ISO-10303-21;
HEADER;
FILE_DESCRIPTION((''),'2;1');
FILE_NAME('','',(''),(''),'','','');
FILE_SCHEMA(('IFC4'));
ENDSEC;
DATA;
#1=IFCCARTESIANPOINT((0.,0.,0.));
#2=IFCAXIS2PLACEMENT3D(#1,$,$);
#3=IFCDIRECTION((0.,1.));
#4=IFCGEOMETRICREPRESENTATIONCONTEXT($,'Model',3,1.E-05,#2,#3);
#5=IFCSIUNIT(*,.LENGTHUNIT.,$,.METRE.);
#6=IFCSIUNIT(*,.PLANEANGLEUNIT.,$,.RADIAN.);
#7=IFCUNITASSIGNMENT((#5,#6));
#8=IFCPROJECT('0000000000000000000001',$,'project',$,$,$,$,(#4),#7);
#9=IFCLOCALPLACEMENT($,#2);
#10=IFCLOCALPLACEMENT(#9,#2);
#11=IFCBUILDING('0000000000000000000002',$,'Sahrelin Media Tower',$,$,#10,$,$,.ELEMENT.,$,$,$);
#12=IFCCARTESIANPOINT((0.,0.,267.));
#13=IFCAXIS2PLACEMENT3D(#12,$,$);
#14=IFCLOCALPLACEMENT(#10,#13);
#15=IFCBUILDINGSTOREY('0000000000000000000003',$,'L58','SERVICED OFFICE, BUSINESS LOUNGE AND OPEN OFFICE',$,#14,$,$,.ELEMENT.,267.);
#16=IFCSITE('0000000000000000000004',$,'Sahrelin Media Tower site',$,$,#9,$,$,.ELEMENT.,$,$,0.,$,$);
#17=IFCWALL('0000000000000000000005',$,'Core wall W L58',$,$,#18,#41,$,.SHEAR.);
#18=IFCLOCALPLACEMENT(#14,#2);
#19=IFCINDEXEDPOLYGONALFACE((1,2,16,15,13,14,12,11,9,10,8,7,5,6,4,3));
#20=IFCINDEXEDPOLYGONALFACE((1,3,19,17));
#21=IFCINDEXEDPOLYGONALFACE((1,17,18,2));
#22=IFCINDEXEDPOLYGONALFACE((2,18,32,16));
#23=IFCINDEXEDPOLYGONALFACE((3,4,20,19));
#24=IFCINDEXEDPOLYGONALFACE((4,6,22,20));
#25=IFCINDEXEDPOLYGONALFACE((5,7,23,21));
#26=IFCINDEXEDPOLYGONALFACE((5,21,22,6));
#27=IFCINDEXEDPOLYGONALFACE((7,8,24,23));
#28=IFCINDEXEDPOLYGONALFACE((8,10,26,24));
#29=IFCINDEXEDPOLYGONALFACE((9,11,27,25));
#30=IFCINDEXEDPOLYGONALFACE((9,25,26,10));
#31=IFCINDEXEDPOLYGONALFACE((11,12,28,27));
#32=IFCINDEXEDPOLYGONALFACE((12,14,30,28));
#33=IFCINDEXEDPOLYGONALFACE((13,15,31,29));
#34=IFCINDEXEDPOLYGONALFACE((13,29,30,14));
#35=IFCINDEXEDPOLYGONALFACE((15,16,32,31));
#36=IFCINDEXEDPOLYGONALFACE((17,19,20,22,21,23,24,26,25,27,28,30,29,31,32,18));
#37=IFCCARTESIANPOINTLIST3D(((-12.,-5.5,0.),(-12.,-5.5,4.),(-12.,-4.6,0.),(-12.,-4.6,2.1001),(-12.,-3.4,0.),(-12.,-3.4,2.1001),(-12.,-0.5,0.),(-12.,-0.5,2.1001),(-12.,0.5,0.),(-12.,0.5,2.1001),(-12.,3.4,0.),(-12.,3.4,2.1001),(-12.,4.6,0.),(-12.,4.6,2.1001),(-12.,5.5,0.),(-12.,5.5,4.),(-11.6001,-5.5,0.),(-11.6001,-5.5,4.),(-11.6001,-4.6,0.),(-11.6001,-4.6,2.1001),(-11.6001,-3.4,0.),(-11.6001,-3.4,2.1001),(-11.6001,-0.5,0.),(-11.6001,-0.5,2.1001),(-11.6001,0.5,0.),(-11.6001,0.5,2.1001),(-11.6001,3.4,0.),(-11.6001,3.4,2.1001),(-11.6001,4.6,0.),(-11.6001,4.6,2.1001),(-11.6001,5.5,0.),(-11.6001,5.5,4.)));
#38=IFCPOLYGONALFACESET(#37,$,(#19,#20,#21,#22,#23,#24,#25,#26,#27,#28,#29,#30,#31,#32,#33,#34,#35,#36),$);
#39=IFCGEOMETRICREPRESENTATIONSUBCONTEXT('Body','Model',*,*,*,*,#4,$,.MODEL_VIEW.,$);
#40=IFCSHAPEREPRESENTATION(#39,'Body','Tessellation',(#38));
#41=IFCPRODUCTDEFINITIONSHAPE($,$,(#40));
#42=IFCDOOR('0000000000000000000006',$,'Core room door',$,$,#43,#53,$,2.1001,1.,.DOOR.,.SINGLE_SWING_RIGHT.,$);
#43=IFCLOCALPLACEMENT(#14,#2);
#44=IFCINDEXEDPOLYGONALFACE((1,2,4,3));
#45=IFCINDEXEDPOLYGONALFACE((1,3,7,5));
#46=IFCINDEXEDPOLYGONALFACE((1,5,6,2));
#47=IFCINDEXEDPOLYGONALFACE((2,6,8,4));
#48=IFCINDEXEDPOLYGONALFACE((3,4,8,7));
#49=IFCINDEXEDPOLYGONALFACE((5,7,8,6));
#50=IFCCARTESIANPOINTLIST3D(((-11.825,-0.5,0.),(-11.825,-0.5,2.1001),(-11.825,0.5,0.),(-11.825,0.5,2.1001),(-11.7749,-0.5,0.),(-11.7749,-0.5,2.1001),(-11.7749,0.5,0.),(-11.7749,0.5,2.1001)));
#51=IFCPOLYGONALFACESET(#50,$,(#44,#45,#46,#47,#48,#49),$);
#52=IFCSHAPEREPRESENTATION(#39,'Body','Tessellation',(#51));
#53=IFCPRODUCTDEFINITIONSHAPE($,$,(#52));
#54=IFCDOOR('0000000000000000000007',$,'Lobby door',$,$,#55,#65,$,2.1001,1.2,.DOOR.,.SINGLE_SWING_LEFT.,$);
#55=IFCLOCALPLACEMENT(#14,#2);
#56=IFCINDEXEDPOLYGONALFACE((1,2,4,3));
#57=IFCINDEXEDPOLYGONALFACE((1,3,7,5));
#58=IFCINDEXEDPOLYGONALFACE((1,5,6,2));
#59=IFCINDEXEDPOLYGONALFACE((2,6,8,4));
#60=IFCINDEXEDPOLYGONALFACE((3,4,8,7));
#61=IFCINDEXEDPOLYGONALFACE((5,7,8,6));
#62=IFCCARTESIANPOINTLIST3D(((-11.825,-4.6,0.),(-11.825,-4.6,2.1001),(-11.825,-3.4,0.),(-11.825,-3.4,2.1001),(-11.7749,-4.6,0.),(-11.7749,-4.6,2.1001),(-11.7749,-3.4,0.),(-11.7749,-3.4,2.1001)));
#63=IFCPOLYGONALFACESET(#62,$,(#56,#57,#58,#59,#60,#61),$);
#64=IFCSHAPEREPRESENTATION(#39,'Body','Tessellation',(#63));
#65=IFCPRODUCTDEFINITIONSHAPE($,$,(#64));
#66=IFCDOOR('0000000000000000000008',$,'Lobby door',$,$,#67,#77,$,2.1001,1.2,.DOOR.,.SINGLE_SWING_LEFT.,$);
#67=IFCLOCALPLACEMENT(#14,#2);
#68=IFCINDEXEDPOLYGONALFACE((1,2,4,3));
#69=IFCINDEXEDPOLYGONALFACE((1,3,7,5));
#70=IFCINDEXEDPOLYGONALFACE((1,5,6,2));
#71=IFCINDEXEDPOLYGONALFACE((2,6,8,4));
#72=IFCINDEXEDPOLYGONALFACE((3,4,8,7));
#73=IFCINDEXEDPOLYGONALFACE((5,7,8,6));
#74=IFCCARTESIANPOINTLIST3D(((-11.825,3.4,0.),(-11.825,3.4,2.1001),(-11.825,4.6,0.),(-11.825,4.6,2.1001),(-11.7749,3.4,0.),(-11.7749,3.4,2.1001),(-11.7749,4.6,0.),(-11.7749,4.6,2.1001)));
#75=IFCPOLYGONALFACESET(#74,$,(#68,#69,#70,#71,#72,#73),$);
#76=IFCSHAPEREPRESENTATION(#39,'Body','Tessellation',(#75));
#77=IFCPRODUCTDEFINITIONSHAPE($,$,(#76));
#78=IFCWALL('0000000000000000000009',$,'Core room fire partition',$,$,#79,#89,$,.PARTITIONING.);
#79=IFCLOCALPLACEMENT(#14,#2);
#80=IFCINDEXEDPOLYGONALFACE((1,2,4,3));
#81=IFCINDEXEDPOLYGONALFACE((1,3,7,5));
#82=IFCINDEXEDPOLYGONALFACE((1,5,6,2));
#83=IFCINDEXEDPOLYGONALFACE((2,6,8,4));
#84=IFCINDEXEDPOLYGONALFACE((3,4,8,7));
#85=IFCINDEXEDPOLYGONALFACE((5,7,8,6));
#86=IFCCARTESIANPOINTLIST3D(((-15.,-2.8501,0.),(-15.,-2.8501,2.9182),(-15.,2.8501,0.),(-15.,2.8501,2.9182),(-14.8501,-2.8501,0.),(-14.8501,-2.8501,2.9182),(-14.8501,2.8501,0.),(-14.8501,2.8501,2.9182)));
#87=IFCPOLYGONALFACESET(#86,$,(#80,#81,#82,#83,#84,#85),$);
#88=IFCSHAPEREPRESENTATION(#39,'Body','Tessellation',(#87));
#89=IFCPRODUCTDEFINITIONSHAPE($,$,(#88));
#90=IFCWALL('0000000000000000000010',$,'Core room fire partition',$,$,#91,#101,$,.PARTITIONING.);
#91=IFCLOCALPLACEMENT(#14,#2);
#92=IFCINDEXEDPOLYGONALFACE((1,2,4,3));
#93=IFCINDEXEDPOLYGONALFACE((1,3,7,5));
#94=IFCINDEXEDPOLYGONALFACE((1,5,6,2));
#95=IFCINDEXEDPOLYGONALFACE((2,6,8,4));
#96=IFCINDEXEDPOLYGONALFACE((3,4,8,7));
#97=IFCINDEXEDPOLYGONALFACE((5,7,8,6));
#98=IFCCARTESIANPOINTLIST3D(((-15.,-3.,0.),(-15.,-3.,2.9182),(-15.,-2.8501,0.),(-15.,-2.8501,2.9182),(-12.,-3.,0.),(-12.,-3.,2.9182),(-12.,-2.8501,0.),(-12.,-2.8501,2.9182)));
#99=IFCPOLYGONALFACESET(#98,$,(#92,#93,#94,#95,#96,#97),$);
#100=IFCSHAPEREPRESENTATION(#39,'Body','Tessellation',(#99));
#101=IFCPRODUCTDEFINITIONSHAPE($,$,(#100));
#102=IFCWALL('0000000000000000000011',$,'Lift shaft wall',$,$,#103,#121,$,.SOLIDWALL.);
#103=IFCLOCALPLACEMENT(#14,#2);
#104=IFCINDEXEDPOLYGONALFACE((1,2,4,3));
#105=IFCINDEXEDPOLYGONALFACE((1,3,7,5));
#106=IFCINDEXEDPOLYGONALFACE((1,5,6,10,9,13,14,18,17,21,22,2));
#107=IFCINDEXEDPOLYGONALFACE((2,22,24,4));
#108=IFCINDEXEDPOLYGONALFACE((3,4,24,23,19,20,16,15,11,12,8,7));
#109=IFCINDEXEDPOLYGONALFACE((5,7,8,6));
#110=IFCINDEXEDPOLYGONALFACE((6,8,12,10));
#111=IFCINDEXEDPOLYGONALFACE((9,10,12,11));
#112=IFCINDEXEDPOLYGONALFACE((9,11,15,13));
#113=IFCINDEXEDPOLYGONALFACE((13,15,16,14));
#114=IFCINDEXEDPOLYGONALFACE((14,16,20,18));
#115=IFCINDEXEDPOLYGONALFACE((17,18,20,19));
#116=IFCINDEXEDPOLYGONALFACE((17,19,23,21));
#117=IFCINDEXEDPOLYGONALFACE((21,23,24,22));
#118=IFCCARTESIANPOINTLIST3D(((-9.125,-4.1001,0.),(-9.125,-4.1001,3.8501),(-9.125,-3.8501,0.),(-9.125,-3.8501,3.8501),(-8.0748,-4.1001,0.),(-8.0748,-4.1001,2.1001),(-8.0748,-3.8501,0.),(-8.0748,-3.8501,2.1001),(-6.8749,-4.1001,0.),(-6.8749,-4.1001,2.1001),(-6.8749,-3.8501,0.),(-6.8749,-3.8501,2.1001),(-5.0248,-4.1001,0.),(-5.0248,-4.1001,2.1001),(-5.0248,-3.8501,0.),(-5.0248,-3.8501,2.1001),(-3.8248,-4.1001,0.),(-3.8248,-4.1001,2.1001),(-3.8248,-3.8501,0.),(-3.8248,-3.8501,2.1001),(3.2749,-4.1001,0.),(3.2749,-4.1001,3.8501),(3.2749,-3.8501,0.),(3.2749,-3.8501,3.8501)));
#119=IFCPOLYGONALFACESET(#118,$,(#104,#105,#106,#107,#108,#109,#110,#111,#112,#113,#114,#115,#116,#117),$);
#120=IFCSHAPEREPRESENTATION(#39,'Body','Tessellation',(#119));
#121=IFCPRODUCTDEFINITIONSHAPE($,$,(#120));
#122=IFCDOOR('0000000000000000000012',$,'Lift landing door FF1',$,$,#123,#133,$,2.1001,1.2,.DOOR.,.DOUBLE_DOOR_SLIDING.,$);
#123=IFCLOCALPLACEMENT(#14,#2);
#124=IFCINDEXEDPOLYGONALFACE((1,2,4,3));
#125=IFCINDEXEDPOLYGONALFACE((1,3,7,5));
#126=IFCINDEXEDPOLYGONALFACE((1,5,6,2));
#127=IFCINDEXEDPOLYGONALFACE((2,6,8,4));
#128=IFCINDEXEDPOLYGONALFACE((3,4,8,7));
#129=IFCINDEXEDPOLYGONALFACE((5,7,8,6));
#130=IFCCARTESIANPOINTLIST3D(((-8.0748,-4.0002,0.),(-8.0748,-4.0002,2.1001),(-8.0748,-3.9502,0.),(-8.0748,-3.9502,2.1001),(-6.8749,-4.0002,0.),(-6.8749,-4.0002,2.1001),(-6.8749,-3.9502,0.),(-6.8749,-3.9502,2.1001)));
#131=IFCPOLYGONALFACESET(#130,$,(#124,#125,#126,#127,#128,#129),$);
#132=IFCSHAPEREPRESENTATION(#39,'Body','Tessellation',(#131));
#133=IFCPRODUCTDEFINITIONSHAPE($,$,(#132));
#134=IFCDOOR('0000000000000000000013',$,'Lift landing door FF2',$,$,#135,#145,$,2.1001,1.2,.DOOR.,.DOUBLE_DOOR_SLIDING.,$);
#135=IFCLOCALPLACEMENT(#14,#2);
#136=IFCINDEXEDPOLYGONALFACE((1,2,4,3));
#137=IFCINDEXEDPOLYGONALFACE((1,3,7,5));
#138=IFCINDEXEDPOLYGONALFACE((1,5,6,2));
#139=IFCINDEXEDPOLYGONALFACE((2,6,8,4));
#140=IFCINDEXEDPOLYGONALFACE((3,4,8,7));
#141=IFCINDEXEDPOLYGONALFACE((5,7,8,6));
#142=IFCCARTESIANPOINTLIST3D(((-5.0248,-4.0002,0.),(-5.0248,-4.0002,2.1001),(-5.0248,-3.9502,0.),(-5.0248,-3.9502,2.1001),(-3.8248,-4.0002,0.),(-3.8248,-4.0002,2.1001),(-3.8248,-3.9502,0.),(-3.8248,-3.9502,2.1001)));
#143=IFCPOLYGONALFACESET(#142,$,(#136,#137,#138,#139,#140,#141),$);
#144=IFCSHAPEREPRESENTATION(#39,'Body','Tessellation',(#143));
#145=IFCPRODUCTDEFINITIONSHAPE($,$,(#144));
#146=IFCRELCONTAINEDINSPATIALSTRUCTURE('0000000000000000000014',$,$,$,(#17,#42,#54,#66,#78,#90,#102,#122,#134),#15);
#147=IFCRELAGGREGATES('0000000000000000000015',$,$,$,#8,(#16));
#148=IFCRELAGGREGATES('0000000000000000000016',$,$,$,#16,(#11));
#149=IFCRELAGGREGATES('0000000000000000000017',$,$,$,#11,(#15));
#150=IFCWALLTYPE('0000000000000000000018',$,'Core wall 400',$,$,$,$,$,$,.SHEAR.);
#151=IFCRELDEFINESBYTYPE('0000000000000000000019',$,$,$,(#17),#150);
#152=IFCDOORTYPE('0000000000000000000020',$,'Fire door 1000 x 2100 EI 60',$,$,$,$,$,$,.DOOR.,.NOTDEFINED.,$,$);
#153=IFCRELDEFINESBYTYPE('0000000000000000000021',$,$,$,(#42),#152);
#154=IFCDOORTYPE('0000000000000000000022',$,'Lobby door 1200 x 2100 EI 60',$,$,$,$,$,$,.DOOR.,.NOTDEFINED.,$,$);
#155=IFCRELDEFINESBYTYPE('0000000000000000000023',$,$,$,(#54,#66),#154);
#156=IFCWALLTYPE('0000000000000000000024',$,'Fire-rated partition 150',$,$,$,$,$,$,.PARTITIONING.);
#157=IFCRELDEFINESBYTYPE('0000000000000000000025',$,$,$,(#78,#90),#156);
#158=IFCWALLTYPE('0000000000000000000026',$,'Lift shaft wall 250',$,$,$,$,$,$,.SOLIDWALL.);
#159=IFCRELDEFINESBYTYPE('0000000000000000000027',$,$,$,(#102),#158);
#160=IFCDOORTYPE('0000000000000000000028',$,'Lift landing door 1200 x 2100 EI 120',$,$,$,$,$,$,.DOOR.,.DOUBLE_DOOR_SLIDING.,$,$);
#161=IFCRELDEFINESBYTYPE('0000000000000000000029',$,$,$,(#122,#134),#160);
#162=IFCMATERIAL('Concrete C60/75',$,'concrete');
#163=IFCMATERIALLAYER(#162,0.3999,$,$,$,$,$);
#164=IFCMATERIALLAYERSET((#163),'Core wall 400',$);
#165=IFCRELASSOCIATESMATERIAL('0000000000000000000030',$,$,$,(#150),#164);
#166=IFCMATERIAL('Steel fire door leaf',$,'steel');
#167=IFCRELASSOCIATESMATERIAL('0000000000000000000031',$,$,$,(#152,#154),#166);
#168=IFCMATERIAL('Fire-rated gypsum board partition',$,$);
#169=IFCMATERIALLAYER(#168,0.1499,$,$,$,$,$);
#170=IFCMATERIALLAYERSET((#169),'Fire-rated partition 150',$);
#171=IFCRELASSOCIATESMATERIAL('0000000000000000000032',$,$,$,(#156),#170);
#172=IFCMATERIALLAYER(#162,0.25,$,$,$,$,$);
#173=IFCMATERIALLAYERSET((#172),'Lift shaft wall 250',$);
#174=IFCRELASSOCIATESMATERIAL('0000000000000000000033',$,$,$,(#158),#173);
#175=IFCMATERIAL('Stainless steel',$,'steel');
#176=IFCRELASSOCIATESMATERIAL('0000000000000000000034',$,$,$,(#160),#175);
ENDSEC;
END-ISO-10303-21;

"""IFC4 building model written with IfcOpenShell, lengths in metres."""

from ifc_helpers import new_model, si_unit, direction, frame, frame_2d, origin, place, context, subcontext, project, spatial, rectangle, extrude, material, layer, layer_set, type_object, element, fill, save


model = new_model("IFC4")

# Units and contexts
model_context = context("Model", 3, precision=1e-05, world=origin(), true_north=direction((0.0, 1.0)))
body_context = subcontext(model_context, "Body", "Model", "MODEL_VIEW")
ifc_project = project(units=[si_unit("LENGTHUNIT", "METRE"), si_unit("PLANEANGLEUNIT", "RADIAN")], contexts=[model_context])

# Site, building, storey
site_placement = place(None, origin())
site = spatial("IfcSite", under=ifc_project, at=site_placement, Name="Sahrelin Media Tower site", CompositionType="ELEMENT", RefElevation=0.0)
building_placement = place(site_placement, origin())
building = spatial("IfcBuilding", under=site, at=building_placement, Name="Sahrelin Media Tower", CompositionType="ELEMENT")
storey_placement = place(building_placement, frame((0.0, 0.0, 267.0)))
storey = spatial("IfcBuildingStorey", under=building, at=storey_placement, Name="L58", Description="SERVICED OFFICE, BUSINESS LOUNGE AND OPEN OFFICE", CompositionType="ELEMENT", Elevation=267.0)

# Shared definitions
ifc_material_1 = material(Name="Concrete C60/75", Category="concrete")
ifc_layer_1 = layer(ifc_material_1, 0.3999)
ifc_layer_set_1 = layer_set([ifc_layer_1], Name="Core wall 400")
wall_type_1 = type_object("IfcWallType", Name="Core wall 400", PredefinedType="SHEAR", material=ifc_layer_set_1)

# Wall, openings, doors
wall_1_placement = place(storey_placement, frame((-11.8, -5.5, 0.0), z_axis=(0.0, 0.0, 1.0), x_axis=(0.0, 1.0, 0.0)))
wall_1 = element("IfcWall", 1, at=wall_1_placement, inside=storey, type_object=wall_type_1, Name="Core wall W L58", PredefinedType="SHEAR", context=body_context, shape_type="SweptSolid", body=[
    extrude(rectangle(XDim=11.0, YDim=0.3999, at=frame_2d((5.5, 0.0))), origin(), (0.0, 0.0, 1.0), 4.0),
])
opening_1_placement = place(wall_1_placement, frame((5.0, 0.0, 0.0)))
opening_1 = element("IfcOpeningElement", 2, at=opening_1_placement, cuts=wall_1, PredefinedType="OPENING", context=body_context, shape_type="SweptSolid", body=[
    extrude(rectangle(XDim=1.0, YDim=2.1001, at=frame_2d((0.5, 1.05))), frame((0.0, 0.2, 0.0), z_axis=(0.0, -1.0, 0.0), x_axis=(1.0, 0.0, 0.0)), (0.0, 0.0, 1.0), 0.3999),
])
opening_2_placement = place(wall_1_placement, frame((0.8999, 0.0, 0.0)))
opening_2 = element("IfcOpeningElement", 3, at=opening_2_placement, cuts=wall_1, PredefinedType="OPENING", context=body_context, shape_type="SweptSolid", body=[
    extrude(rectangle(XDim=1.2, YDim=2.1001, at=frame_2d((0.6001, 1.05))), frame((0.0, 0.2, 0.0), z_axis=(0.0, -1.0, 0.0), x_axis=(1.0, 0.0, 0.0)), (0.0, 0.0, 1.0), 0.3999),
])
opening_3_placement = place(wall_1_placement, frame((8.8999, 0.0, 0.0)))
opening_3 = element("IfcOpeningElement", 4, at=opening_3_placement, cuts=wall_1, PredefinedType="OPENING", context=body_context, shape_type="SweptSolid", body=[
    extrude(rectangle(XDim=1.2, YDim=2.1001, at=frame_2d((0.6001, 1.05))), frame((0.0, 0.2, 0.0), z_axis=(0.0, -1.0, 0.0), x_axis=(1.0, 0.0, 0.0)), (0.0, 0.0, 1.0), 0.3999),
])
ifc_material_2 = material(Name="Steel fire door leaf", Category="steel")
door_type_1 = type_object("IfcDoorType", Name="Fire door 1000 x 2100 EI 60", OperationType="NOTDEFINED", PredefinedType="DOOR", material=ifc_material_2)
door_1_placement = place(opening_1_placement, origin())
door_1 = element("IfcDoor", 5, at=door_1_placement, inside=storey, type_object=door_type_1, Name="Core room door", OperationType="SINGLE_SWING_RIGHT", OverallHeight=2.1001, OverallWidth=1.0, PredefinedType="DOOR", context=body_context, shape_type="SweptSolid", body=[
    extrude(rectangle(XDim=1.0, YDim=2.1001, at=frame_2d((0.5, 1.05))), frame((0.0, 0.0249, 0.0), z_axis=(0.0, -1.0, 0.0), x_axis=(1.0, 0.0, 0.0)), (0.0, 0.0, 1.0), 0.05),
])
fill(opening_1, door_1)
door_type_2 = type_object("IfcDoorType", Name="Lobby door 1200 x 2100 EI 60", OperationType="NOTDEFINED", PredefinedType="DOOR", material=ifc_material_2)
door_2_placement = place(opening_2_placement, origin())
door_2 = element("IfcDoor", 6, at=door_2_placement, inside=storey, type_object=door_type_2, Name="Lobby door", OperationType="SINGLE_SWING_LEFT", OverallHeight=2.1001, OverallWidth=1.2, PredefinedType="DOOR", context=body_context, shape_type="SweptSolid", body=[
    extrude(rectangle(XDim=1.2, YDim=2.1001, at=frame_2d((0.6001, 1.05))), frame((0.0, 0.0249, 0.0), z_axis=(0.0, -1.0, 0.0), x_axis=(1.0, 0.0, 0.0)), (0.0, 0.0, 1.0), 0.05),
])
fill(opening_2, door_2)
door_3_placement = place(opening_3_placement, origin())
door_3 = element("IfcDoor", 7, at=door_3_placement, inside=storey, type_object=door_type_2, Name="Lobby door", OperationType="SINGLE_SWING_LEFT", OverallHeight=2.1001, OverallWidth=1.2, PredefinedType="DOOR", context=body_context, shape_type="SweptSolid", body=[
    extrude(rectangle(XDim=1.2, YDim=2.1001, at=frame_2d((0.6001, 1.05))), frame((0.0, 0.0249, 0.0), z_axis=(0.0, -1.0, 0.0), x_axis=(1.0, 0.0, 0.0)), (0.0, 0.0, 1.0), 0.05),
])
fill(opening_3, door_3)

# Walls
ifc_material_3 = material(Name="Fire-rated gypsum board partition")
ifc_layer_2 = layer(ifc_material_3, 0.1499)
ifc_layer_set_2 = layer_set([ifc_layer_2], Name="Fire-rated partition 150")
wall_type_2 = type_object("IfcWallType", Name="Fire-rated partition 150", PredefinedType="PARTITIONING", material=ifc_layer_set_2)
wall_2_placement = place(storey_placement, frame((-14.925, -2.8501, 0.0), z_axis=(0.0, 0.0, 1.0), x_axis=(0.0, 1.0, 0.0)))
element("IfcWall", 8, at=wall_2_placement, inside=storey, type_object=wall_type_2, Name="Core room fire partition", PredefinedType="PARTITIONING", context=body_context, shape_type="SweptSolid", body=[
    extrude(rectangle(XDim=5.7002, YDim=0.1499, at=frame_2d((2.8501, 0.0))), origin(), (0.0, 0.0, 1.0), 2.9182),
])
wall_3_placement = place(storey_placement, frame((-15.0, -2.925, 0.0), z_axis=(0.0, 0.0, 1.0), x_axis=(1.0, 0.0, 0.0)))
element("IfcWall", 9, at=wall_3_placement, inside=storey, type_object=wall_type_2, Name="Core room fire partition", PredefinedType="PARTITIONING", context=body_context, shape_type="SweptSolid", body=[
    extrude(rectangle(XDim=3.0, YDim=0.1499, at=frame_2d((1.5, 0.0))), origin(), (0.0, 0.0, 1.0), 2.9182),
])

# Wall, openings, doors
ifc_layer_3 = layer(ifc_material_1, 0.25)
ifc_layer_set_3 = layer_set([ifc_layer_3], Name="Lift shaft wall 250")
wall_type_3 = type_object("IfcWallType", Name="Lift shaft wall 250", PredefinedType="SOLIDWALL", material=ifc_layer_set_3)
wall_4_placement = place(storey_placement, frame((-9.125, -3.9751, 0.0), z_axis=(0.0, 0.0, 1.0), x_axis=(1.0, 0.0, 0.0)))
wall_4 = element("IfcWall", 10, at=wall_4_placement, inside=storey, type_object=wall_type_3, Name="Lift shaft wall", PredefinedType="SOLIDWALL", context=body_context, shape_type="SweptSolid", body=[
    extrude(rectangle(XDim=12.3999, YDim=0.25, at=frame_2d((6.2, 0.0))), origin(), (0.0, 0.0, 1.0), 3.8501),
])
opening_4_placement = place(wall_4_placement, frame((1.05, 0.0, 0.0)))
opening_4 = element("IfcOpeningElement", 11, at=opening_4_placement, cuts=wall_4, PredefinedType="OPENING", context=body_context, shape_type="SweptSolid", body=[
    extrude(rectangle(XDim=1.2, YDim=2.1001, at=frame_2d((0.6001, 1.05))), frame((0.0, 0.125, 0.0), z_axis=(0.0, -1.0, 0.0), x_axis=(1.0, 0.0, 0.0)), (0.0, 0.0, 1.0), 0.25),
])
opening_5_placement = place(wall_4_placement, frame((4.1001, 0.0, 0.0)))
opening_5 = element("IfcOpeningElement", 12, at=opening_5_placement, cuts=wall_4, PredefinedType="OPENING", context=body_context, shape_type="SweptSolid", body=[
    extrude(rectangle(XDim=1.2, YDim=2.1001, at=frame_2d((0.6001, 1.05))), frame((0.0, 0.125, 0.0), z_axis=(0.0, -1.0, 0.0), x_axis=(1.0, 0.0, 0.0)), (0.0, 0.0, 1.0), 0.25),
])
ifc_material_4 = material(Name="Stainless steel", Category="steel")
door_type_3 = type_object("IfcDoorType", Name="Lift landing door 1200 x 2100 EI 120", OperationType="DOUBLE_DOOR_SLIDING", PredefinedType="DOOR", material=ifc_material_4)
door_4_placement = place(opening_4_placement, origin())
door_4 = element("IfcDoor", 13, at=door_4_placement, inside=storey, type_object=door_type_3, Name="Lift landing door FF1", OperationType="DOUBLE_DOOR_SLIDING", OverallHeight=2.1001, OverallWidth=1.2, PredefinedType="DOOR", context=body_context, shape_type="SweptSolid", body=[
    extrude(rectangle(XDim=1.2, YDim=2.1001, at=frame_2d((0.6001, 1.05))), frame((0.0, 0.0249, 0.0), z_axis=(0.0, -1.0, 0.0), x_axis=(1.0, 0.0, 0.0)), (0.0, 0.0, 1.0), 0.05),
])
fill(opening_4, door_4)
door_5_placement = place(opening_5_placement, origin())
door_5 = element("IfcDoor", 14, at=door_5_placement, inside=storey, type_object=door_type_3, Name="Lift landing door FF2", OperationType="DOUBLE_DOOR_SLIDING", OverallHeight=2.1001, OverallWidth=1.2, PredefinedType="DOOR", context=body_context, shape_type="SweptSolid", body=[
    extrude(rectangle(XDim=1.2, YDim=2.1001, at=frame_2d((0.6001, 1.05))), frame((0.0, 0.0249, 0.0), z_axis=(0.0, -1.0, 0.0), x_axis=(1.0, 0.0, 0.0)), (0.0, 0.0, 1.0), 0.05),
])
fill(opening_5, door_5)

save(model, "model.ifc")
